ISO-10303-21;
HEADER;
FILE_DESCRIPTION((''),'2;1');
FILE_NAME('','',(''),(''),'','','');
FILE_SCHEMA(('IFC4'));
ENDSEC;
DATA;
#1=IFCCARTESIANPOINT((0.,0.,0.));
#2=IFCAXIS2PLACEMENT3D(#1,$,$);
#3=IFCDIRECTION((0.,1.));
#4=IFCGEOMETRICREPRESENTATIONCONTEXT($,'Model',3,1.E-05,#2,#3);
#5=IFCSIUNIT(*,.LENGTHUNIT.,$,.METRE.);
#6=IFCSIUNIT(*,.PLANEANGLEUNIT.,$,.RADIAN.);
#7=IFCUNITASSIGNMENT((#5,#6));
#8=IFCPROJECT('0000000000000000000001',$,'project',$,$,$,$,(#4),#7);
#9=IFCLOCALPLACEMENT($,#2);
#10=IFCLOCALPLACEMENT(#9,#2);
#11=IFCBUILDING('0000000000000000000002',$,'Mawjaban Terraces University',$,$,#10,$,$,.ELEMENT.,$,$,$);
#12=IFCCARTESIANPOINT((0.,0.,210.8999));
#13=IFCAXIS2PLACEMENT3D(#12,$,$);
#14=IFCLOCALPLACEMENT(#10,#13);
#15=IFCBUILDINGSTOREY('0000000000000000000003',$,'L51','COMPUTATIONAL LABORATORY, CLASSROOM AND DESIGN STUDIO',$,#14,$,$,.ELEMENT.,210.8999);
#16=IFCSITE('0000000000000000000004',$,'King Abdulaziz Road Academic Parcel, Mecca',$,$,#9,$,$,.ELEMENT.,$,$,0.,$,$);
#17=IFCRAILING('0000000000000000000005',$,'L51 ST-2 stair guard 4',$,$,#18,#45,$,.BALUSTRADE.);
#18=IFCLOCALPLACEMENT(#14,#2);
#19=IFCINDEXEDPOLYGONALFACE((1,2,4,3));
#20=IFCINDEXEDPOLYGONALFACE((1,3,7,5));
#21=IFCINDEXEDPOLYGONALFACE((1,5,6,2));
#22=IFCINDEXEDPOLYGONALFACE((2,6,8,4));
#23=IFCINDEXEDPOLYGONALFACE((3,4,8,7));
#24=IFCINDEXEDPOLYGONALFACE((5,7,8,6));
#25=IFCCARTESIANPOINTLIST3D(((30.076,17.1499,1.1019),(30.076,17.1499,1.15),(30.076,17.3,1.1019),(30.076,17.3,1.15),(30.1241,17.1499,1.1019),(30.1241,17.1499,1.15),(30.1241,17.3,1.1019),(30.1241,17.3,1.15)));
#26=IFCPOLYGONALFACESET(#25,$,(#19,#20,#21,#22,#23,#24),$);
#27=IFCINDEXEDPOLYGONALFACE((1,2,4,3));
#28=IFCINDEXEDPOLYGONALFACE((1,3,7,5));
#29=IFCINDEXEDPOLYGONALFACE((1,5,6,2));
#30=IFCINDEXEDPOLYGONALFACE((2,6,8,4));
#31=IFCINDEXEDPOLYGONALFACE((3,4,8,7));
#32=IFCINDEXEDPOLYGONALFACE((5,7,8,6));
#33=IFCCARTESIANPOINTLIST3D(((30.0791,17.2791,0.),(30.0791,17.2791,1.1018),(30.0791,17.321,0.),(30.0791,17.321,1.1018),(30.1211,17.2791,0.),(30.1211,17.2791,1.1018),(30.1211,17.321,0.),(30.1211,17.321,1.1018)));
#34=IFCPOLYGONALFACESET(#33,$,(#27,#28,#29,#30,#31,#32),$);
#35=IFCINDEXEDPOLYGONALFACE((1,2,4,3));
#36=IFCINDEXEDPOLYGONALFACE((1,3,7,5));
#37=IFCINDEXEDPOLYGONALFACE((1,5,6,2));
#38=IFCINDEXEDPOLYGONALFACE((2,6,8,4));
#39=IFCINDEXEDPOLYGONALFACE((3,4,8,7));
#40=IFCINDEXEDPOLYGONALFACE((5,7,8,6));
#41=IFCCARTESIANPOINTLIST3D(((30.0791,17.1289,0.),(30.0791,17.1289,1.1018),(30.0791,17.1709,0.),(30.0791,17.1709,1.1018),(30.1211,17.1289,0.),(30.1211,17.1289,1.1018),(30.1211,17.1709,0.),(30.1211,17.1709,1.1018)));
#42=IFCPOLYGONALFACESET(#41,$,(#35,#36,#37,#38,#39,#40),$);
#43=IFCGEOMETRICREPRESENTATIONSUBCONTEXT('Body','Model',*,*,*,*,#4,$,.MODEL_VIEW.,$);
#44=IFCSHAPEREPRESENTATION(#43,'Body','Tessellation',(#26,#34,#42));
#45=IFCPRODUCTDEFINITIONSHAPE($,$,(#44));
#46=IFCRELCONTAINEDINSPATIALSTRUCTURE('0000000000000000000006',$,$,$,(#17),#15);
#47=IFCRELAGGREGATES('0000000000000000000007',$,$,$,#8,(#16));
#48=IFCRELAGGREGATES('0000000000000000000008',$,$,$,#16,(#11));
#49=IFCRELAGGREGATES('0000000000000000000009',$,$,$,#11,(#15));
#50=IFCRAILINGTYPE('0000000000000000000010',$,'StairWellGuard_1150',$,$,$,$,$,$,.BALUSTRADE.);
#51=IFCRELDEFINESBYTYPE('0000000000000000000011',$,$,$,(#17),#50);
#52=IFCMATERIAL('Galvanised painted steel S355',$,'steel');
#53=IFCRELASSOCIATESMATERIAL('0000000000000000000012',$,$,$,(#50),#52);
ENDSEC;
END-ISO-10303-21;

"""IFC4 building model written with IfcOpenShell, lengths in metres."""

from ifc_helpers import new_model, si_unit, direction, frame, origin, origin_2d, place, context, subcontext, project, spatial, rectangle, extrude, material, type_object, element, save


model = new_model("IFC4")

# Units and contexts
model_context = context("Model", 3, precision=1e-05, world=origin(), true_north=direction((0.0, 1.0)))
body_context = subcontext(model_context, "Body", "Model", "MODEL_VIEW")
ifc_project = project(units=[si_unit("LENGTHUNIT", "METRE"), si_unit("PLANEANGLEUNIT", "RADIAN")], contexts=[model_context])

# Site, building, storey
site_placement = place(None, origin())
site = spatial("IfcSite", under=ifc_project, at=site_placement, Name="King Abdulaziz Road Academic Parcel, Mecca", CompositionType="ELEMENT", RefElevation=0.0)
building_placement = place(site_placement, origin())
building = spatial("IfcBuilding", under=site, at=building_placement, Name="Mawjaban Terraces University", CompositionType="ELEMENT")
storey_placement = place(building_placement, frame((0.0, 0.0, 210.8999)))
storey = spatial("IfcBuildingStorey", under=building, at=storey_placement, Name="L51", Description="COMPUTATIONAL LABORATORY, CLASSROOM AND DESIGN STUDIO", CompositionType="ELEMENT", Elevation=210.8999)

# Railing
ifc_material_1 = material(Name="Galvanised painted steel S355", Category="steel")
railing_type_1 = type_object("IfcRailingType", Name="StairWellGuard_1150", PredefinedType="BALUSTRADE", material=ifc_material_1)
railing_1_placement = place(storey_placement, frame((30.1001, 17.3, 0.0)))
element("IfcRailing", 1, at=railing_1_placement, inside=storey, type_object=railing_type_1, Name="L51 ST-2 stair guard 4", PredefinedType="BALUSTRADE", context=body_context, shape_type="SweptSolid", body=[
    extrude(rectangle(XDim=0.0481, YDim=0.0481, at=origin_2d()), frame((0.0, 0.0, 1.126), z_axis=(0.0, -1.0, 0.0), x_axis=(1.0, 0.0, 0.0)), (0.0, 0.0, 1.0), 0.1501),
    extrude(rectangle(XDim=0.042, YDim=0.042, at=origin_2d()), origin(), (0.0, 0.0, 1.0), 1.1018),
    extrude(rectangle(XDim=0.042, YDim=0.042, at=origin_2d()), frame((0.0, -0.1501, 0.0)), (0.0, 0.0, 1.0), 1.1018),
])

save(model, "model.ifc")
